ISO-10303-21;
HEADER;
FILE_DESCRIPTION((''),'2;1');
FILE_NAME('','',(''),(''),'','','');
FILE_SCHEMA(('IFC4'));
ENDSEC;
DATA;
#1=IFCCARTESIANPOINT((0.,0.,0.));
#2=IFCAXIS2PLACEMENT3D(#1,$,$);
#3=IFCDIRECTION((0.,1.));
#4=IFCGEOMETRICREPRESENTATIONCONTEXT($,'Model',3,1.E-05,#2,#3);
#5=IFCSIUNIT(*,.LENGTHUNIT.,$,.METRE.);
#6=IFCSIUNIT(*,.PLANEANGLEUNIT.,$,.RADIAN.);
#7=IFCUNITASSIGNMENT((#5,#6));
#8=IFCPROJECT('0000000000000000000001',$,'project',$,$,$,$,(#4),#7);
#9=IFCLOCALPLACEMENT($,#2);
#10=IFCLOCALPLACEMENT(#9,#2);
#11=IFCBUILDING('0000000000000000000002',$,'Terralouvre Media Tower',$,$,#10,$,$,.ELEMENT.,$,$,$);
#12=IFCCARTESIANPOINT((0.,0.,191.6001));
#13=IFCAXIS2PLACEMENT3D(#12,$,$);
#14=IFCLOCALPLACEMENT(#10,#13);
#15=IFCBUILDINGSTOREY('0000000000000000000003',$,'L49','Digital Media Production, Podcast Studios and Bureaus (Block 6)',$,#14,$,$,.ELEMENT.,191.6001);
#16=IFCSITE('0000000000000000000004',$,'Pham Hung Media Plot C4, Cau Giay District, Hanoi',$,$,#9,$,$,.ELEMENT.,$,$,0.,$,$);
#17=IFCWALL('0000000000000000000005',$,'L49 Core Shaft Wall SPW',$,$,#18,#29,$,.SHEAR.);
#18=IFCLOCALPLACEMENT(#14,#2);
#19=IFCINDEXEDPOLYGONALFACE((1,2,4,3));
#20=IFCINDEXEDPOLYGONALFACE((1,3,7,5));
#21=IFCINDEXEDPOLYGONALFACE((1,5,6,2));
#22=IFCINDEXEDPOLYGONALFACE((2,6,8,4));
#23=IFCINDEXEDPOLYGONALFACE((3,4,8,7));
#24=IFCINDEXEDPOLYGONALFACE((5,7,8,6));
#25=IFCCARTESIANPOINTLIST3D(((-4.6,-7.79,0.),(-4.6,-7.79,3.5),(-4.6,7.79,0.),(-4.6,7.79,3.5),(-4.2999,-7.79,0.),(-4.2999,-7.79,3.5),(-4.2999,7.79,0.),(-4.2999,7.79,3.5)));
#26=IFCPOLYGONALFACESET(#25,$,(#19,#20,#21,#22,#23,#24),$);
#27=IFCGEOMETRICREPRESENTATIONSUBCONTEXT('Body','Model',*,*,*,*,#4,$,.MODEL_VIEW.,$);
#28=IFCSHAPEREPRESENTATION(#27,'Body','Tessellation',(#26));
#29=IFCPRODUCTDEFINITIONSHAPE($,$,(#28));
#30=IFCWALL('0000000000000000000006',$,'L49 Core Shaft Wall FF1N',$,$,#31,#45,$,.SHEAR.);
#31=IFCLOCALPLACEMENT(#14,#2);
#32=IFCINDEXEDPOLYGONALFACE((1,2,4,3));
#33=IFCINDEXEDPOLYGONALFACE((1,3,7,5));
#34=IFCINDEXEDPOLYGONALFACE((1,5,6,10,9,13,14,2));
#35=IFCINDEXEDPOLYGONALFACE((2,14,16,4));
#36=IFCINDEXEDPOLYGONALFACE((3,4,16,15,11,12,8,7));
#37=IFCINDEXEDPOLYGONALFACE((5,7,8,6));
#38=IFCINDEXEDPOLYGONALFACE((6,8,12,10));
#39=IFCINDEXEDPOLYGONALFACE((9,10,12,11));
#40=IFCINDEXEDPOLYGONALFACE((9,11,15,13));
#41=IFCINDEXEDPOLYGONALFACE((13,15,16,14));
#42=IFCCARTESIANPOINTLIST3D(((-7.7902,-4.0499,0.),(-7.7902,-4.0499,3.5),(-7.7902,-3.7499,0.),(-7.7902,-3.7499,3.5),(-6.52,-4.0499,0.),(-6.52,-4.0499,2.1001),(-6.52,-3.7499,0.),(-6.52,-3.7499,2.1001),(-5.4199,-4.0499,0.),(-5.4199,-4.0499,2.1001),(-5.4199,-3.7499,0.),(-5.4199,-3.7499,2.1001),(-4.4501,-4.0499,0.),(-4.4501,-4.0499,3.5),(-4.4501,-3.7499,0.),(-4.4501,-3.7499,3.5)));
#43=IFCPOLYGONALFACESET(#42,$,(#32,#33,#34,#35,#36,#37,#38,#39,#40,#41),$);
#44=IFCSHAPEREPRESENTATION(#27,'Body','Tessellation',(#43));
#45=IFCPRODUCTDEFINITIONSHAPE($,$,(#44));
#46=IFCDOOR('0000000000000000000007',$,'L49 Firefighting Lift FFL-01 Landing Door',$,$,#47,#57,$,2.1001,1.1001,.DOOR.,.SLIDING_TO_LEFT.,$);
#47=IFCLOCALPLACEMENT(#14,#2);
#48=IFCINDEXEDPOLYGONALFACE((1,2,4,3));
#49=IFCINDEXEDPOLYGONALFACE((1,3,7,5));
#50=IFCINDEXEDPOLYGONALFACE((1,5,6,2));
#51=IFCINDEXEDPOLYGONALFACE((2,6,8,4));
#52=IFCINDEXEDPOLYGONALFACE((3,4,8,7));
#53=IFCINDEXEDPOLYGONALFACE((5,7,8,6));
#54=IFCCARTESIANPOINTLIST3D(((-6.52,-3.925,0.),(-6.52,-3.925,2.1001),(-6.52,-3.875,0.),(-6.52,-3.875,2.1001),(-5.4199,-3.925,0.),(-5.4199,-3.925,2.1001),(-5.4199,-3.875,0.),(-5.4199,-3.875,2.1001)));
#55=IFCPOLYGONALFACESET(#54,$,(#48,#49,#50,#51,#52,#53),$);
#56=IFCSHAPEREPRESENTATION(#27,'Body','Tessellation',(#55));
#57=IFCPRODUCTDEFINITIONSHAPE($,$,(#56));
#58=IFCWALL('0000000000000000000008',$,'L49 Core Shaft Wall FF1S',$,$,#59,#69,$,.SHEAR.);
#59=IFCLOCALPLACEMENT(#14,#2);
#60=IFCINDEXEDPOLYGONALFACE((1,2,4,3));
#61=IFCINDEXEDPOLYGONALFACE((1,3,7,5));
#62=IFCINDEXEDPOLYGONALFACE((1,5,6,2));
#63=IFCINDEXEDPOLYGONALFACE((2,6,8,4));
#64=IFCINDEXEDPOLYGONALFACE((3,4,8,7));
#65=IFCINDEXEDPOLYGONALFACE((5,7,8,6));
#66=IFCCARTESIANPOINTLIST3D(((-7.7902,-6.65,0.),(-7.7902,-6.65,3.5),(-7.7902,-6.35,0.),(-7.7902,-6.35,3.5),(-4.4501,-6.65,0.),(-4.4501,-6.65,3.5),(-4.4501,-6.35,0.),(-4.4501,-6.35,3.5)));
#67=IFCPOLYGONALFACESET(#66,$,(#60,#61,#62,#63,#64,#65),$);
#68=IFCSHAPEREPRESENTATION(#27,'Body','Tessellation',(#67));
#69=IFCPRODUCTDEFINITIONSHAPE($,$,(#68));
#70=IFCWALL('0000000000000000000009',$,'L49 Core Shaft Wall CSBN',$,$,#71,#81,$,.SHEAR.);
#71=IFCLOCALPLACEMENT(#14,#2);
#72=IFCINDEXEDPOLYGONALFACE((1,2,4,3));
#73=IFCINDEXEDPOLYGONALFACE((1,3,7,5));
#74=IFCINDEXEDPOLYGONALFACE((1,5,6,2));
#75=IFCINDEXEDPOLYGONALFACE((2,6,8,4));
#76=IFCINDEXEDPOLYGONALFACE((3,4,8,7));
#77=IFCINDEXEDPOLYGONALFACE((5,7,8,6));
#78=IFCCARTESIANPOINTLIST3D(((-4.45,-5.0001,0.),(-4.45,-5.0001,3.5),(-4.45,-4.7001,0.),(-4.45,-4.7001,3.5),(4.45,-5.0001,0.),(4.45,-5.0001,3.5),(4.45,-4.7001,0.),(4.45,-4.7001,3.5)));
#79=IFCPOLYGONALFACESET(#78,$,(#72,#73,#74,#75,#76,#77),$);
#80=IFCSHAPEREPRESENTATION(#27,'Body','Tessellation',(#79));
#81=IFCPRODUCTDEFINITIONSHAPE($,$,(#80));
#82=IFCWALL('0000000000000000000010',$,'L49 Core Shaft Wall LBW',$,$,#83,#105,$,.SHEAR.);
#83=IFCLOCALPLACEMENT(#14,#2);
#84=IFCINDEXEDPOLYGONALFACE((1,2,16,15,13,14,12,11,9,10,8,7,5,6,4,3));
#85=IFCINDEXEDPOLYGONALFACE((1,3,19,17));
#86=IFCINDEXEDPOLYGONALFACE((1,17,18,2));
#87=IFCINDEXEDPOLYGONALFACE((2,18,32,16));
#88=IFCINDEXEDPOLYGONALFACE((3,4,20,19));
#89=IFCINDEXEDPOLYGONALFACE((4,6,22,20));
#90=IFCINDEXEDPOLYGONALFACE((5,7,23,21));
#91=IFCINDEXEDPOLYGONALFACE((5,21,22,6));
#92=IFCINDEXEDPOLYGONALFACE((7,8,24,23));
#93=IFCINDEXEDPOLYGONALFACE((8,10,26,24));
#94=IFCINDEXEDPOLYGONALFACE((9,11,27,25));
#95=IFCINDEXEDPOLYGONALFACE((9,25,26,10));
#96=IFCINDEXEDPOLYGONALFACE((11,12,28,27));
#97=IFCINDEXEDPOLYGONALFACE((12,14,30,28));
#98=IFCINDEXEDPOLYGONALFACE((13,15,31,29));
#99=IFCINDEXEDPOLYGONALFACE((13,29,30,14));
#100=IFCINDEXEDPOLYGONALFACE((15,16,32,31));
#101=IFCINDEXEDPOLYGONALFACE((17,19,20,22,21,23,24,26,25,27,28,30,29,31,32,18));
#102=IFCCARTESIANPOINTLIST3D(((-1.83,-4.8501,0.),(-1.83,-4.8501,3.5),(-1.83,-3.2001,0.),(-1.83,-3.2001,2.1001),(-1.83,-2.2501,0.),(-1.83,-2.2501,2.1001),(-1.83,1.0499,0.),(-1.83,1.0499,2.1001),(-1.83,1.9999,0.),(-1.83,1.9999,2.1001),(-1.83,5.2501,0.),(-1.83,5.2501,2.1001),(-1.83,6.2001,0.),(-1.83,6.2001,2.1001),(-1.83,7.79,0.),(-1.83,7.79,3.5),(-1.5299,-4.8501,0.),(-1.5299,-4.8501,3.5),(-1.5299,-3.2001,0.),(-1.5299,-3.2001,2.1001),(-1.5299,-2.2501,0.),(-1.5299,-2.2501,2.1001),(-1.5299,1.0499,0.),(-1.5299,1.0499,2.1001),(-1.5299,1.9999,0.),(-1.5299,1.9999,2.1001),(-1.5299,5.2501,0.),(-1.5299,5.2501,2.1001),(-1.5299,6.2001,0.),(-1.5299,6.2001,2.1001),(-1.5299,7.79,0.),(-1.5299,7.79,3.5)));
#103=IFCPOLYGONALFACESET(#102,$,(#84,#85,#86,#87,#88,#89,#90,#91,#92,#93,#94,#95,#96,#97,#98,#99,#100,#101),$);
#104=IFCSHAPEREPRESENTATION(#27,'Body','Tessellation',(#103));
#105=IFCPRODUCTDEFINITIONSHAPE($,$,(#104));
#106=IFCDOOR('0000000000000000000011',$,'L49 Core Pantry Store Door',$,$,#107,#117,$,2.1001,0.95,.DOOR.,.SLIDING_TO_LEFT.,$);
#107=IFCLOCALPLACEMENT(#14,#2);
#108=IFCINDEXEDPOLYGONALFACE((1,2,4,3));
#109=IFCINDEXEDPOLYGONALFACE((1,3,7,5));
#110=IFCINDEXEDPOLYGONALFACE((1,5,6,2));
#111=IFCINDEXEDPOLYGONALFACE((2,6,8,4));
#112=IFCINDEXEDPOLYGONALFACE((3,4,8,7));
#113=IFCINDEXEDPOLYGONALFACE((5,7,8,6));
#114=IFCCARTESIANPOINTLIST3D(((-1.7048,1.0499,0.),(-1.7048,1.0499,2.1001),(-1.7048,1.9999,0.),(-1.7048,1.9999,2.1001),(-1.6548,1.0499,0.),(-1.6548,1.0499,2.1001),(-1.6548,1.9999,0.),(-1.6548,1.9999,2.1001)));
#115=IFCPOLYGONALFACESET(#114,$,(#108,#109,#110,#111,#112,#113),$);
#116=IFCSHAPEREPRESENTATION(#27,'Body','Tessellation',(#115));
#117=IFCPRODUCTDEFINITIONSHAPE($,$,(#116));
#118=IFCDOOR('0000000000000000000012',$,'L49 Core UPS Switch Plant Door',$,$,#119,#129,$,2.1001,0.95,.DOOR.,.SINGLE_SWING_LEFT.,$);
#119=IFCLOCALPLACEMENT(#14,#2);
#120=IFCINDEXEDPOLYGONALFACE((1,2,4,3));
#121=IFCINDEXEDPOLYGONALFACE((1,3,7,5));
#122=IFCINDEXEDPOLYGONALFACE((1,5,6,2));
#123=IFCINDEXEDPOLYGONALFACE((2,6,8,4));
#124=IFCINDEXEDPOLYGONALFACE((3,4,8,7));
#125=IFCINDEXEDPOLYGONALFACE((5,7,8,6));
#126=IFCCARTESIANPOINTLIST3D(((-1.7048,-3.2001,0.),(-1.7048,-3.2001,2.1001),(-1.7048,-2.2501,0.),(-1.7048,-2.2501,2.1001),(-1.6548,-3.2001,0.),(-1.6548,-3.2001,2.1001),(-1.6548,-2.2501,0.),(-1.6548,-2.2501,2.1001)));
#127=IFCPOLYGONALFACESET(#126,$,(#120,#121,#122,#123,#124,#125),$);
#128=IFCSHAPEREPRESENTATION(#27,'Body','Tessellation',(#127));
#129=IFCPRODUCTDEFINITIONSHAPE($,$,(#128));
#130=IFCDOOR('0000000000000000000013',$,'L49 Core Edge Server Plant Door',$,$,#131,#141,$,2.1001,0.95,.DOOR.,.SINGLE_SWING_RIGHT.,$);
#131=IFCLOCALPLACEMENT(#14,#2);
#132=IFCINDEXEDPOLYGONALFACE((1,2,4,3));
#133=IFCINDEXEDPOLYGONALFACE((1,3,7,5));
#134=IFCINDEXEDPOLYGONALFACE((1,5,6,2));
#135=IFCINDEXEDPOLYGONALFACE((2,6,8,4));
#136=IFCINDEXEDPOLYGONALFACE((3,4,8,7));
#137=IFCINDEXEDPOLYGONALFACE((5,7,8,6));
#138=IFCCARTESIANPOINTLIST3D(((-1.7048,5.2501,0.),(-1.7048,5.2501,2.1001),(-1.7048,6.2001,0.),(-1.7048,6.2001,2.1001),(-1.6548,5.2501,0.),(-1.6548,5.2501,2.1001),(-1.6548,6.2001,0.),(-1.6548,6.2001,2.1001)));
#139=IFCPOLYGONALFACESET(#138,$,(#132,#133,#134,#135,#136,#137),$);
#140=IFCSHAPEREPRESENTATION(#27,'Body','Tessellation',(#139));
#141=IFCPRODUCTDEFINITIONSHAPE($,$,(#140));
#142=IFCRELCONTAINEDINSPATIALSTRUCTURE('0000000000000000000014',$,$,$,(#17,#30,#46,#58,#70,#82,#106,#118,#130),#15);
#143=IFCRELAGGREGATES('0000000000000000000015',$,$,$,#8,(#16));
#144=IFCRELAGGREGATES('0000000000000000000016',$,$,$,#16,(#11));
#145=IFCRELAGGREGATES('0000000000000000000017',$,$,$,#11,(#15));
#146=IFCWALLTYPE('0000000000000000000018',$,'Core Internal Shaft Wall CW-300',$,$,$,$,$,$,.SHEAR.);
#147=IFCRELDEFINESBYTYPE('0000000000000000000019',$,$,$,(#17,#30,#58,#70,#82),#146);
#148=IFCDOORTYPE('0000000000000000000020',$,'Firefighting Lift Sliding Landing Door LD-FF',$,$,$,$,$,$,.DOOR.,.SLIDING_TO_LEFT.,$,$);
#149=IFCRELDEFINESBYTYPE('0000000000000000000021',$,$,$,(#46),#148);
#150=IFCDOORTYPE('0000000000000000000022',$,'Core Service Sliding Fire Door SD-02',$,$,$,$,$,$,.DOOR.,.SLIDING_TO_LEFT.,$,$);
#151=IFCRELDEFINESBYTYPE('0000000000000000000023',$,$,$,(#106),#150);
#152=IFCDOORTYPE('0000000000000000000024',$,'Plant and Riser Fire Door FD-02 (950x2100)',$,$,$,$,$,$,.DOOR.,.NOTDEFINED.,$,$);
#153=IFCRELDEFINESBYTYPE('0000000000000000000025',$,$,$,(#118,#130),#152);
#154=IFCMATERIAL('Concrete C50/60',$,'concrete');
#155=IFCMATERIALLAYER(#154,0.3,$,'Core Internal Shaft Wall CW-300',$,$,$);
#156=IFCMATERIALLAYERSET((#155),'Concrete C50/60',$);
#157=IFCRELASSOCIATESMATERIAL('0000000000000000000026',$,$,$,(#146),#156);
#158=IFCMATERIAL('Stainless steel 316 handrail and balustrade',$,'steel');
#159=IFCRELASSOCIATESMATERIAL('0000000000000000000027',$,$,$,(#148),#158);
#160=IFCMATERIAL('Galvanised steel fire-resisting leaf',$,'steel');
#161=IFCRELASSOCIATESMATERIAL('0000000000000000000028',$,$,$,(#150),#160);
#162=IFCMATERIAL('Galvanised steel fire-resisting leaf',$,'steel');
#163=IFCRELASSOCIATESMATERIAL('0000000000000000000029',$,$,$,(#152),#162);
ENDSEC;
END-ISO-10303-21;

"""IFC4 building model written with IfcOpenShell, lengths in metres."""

from ifc_helpers import new_model, si_unit, direction, frame, frame_2d, origin, place, context, subcontext, project, spatial, rectangle, extrude, material, layer, layer_set, type_object, element, fill, save


model = new_model("IFC4")

# Units and contexts
model_context = context("Model", 3, precision=1e-05, world=origin(), true_north=direction((0.0, 1.0)))
body_context = subcontext(model_context, "Body", "Model", "MODEL_VIEW")
ifc_project = project(units=[si_unit("LENGTHUNIT", "METRE"), si_unit("PLANEANGLEUNIT", "RADIAN")], contexts=[model_context])

# Site, building, storey
site_placement = place(None, origin())
site = spatial("IfcSite", under=ifc_project, at=site_placement, Name="Pham Hung Media Plot C4, Cau Giay District, Hanoi", CompositionType="ELEMENT", RefElevation=0.0)
building_placement = place(site_placement, origin())
building = spatial("IfcBuilding", under=site, at=building_placement, Name="Terralouvre Media Tower", CompositionType="ELEMENT")
storey_placement = place(building_placement, frame((0.0, 0.0, 191.6001)))
storey = spatial("IfcBuildingStorey", under=building, at=storey_placement, Name="L49", Description="Digital Media Production, Podcast Studios and Bureaus (Block 6)", CompositionType="ELEMENT", Elevation=191.6001)

# Wall
ifc_material_1 = material(Name="Concrete C50/60", Category="concrete")
ifc_layer_1 = layer(ifc_material_1, 0.3, Name="Core Internal Shaft Wall CW-300")
ifc_layer_set_1 = layer_set([ifc_layer_1], Name="Concrete C50/60")
wall_type_1 = type_object("IfcWallType", Name="Core Internal Shaft Wall CW-300", PredefinedType="SHEAR", material=ifc_layer_set_1)
wall_1_placement = place(storey_placement, frame((-4.45, -7.79, 0.0), z_axis=(0.0, 0.0, 1.0), x_axis=(0.0, 1.0, 0.0)))
element("IfcWall", 1, at=wall_1_placement, inside=storey, type_object=wall_type_1, Name="L49 Core Shaft Wall SPW", PredefinedType="SHEAR", context=body_context, shape_type="SweptSolid", body=[
    extrude(rectangle(XDim=15.5801, YDim=0.3, at=frame_2d((7.79, 0.0))), origin(), (0.0, 0.0, 1.0), 3.5),
])

# Wall, opening, door
wall_2_placement = place(storey_placement, frame((-7.79, -3.8999, 0.0), z_axis=(0.0, 0.0, 1.0), x_axis=(1.0, 0.0, 0.0)))
wall_2 = element("IfcWall", 2, at=wall_2_placement, inside=storey, type_object=wall_type_1, Name="L49 Core Shaft Wall FF1N", PredefinedType="SHEAR", context=body_context, shape_type="SweptSolid", body=[
    extrude(rectangle(XDim=3.3401, YDim=0.3, at=frame_2d((1.6699, 0.0))), origin(), (0.0, 0.0, 1.0), 3.5),
])
opening_1_placement = place(wall_2_placement, frame((1.27, 0.0, 0.0)))
opening_1 = element("IfcOpeningElement", 3, at=opening_1_placement, cuts=wall_2, PredefinedType="OPENING", context=body_context, shape_type="SweptSolid", body=[
    extrude(rectangle(XDim=1.1001, YDim=2.1001, at=frame_2d((0.55, 1.05))), frame((0.0, 0.1599, 0.0), z_axis=(0.0, -1.0, 0.0), x_axis=(1.0, 0.0, 0.0)), (0.0, 0.0, 1.0), 0.3201),
])
ifc_material_2 = material(Name="Stainless steel 316 handrail and balustrade", Category="steel")
door_type_1 = type_object("IfcDoorType", Name="Firefighting Lift Sliding Landing Door LD-FF", OperationType="SLIDING_TO_LEFT", PredefinedType="DOOR", material=ifc_material_2)
door_1_placement = place(opening_1_placement, origin())
door_1 = element("IfcDoor", 4, at=door_1_placement, inside=storey, type_object=door_type_1, Name="L49 Firefighting Lift FFL-01 Landing Door", OperationType="SLIDING_TO_LEFT", OverallHeight=2.1001, OverallWidth=1.1001, PredefinedType="DOOR", context=body_context, shape_type="SweptSolid", body=[
    extrude(rectangle(XDim=1.1001, YDim=2.1001, at=frame_2d((0.55, 1.05))), frame((0.0, 0.0249, 0.0), z_axis=(0.0, -1.0, 0.0), x_axis=(1.0, 0.0, 0.0)), (0.0, 0.0, 1.0), 0.05),
])
fill(opening_1, door_1)

# Walls
wall_3_placement = place(storey_placement, frame((-7.79, -6.5, 0.0), z_axis=(0.0, 0.0, 1.0), x_axis=(1.0, 0.0, 0.0)))
element("IfcWall", 5, at=wall_3_placement, inside=storey, type_object=wall_type_1, Name="L49 Core Shaft Wall FF1S", PredefinedType="SHEAR", context=body_context, shape_type="SweptSolid", body=[
    extrude(rectangle(XDim=3.3401, YDim=0.3, at=frame_2d((1.6699, 0.0))), origin(), (0.0, 0.0, 1.0), 3.5),
])
wall_4_placement = place(storey_placement, frame((-4.45, -4.8501, 0.0), z_axis=(0.0, 0.0, 1.0), x_axis=(1.0, 0.0, 0.0)))
element("IfcWall", 6, at=wall_4_placement, inside=storey, type_object=wall_type_1, Name="L49 Core Shaft Wall CSBN", PredefinedType="SHEAR", context=body_context, shape_type="SweptSolid", body=[
    extrude(rectangle(XDim=8.8999, YDim=0.3, at=frame_2d((4.45, 0.0))), origin(), (0.0, 0.0, 1.0), 3.5),
])

# Wall, openings, doors
wall_5_placement = place(storey_placement, frame((-1.6799, -4.8501, 0.0), z_axis=(0.0, 0.0, 1.0), x_axis=(0.0, 1.0, 0.0)))
wall_5 = element("IfcWall", 7, at=wall_5_placement, inside=storey, type_object=wall_type_1, Name="L49 Core Shaft Wall LBW", PredefinedType="SHEAR", context=body_context, shape_type="SweptSolid", body=[
    extrude(rectangle(XDim=12.6401, YDim=0.3, at=frame_2d((6.3201, 0.0))), origin(), (0.0, 0.0, 1.0), 3.5),
])
opening_2_placement = place(wall_5_placement, frame((1.6499, 0.0, 0.0)))
opening_2 = element("IfcOpeningElement", 8, at=opening_2_placement, cuts=wall_5, PredefinedType="OPENING", context=body_context, shape_type="SweptSolid", body=[
    extrude(rectangle(XDim=0.95, YDim=2.1001, at=frame_2d((0.4751, 1.05))), frame((0.0, 0.1599, 0.0), z_axis=(0.0, -1.0, 0.0), x_axis=(1.0, 0.0, 0.0)), (0.0, 0.0, 1.0), 0.3201),
])
opening_3_placement = place(wall_5_placement, frame((5.8999, 0.0, 0.0)))
opening_3 = element("IfcOpeningElement", 9, at=opening_3_placement, cuts=wall_5, PredefinedType="OPENING", context=body_context, shape_type="SweptSolid", body=[
    extrude(rectangle(XDim=0.95, YDim=2.1001, at=frame_2d((0.4751, 1.05))), frame((0.0, 0.1599, 0.0), z_axis=(0.0, -1.0, 0.0), x_axis=(1.0, 0.0, 0.0)), (0.0, 0.0, 1.0), 0.3201),
])
opening_4_placement = place(wall_5_placement, frame((10.1001, 0.0, 0.0)))
opening_4 = element("IfcOpeningElement", 10, at=opening_4_placement, cuts=wall_5, PredefinedType="OPENING", context=body_context, shape_type="SweptSolid", body=[
    extrude(rectangle(XDim=0.95, YDim=2.1001, at=frame_2d((0.4751, 1.05))), frame((0.0, 0.1599, 0.0), z_axis=(0.0, -1.0, 0.0), x_axis=(1.0, 0.0, 0.0)), (0.0, 0.0, 1.0), 0.3201),
])
ifc_material_3 = material(Name="Galvanised steel fire-resisting leaf", Category="steel")
door_type_2 = type_object("IfcDoorType", Name="Core Service Sliding Fire Door SD-02", OperationType="SLIDING_TO_LEFT", PredefinedType="DOOR", material=ifc_material_3)
door_2_placement = place(opening_3_placement, origin())
door_2 = element("IfcDoor", 11, at=door_2_placement, inside=storey, type_object=door_type_2, Name="L49 Core Pantry Store Door", OperationType="SLIDING_TO_LEFT", OverallHeight=2.1001, OverallWidth=0.95, PredefinedType="DOOR", context=body_context, shape_type="SweptSolid", body=[
    extrude(rectangle(XDim=0.95, YDim=2.1001, at=frame_2d((0.4751, 1.05))), frame((0.0, 0.0249, 0.0), z_axis=(0.0, -1.0, 0.0), x_axis=(1.0, 0.0, 0.0)), (0.0, 0.0, 1.0), 0.05),
])
fill(opening_3, door_2)
ifc_material_4 = material(Name="Galvanised steel fire-resisting leaf", Category="steel")
door_type_3 = type_object("IfcDoorType", Name="Plant and Riser Fire Door FD-02 (950x2100)", OperationType="NOTDEFINED", PredefinedType="DOOR", material=ifc_material_4)
door_3_placement = place(opening_2_placement, origin())
door_3 = element("IfcDoor", 12, at=door_3_placement, inside=storey, type_object=door_type_3, Name="L49 Core UPS Switch Plant Door", OperationType="SINGLE_SWING_LEFT", OverallHeight=2.1001, OverallWidth=0.95, PredefinedType="DOOR", context=body_context, shape_type="SweptSolid", body=[
    extrude(rectangle(XDim=0.95, YDim=2.1001, at=frame_2d((0.4751, 1.05))), frame((0.0, 0.0249, 0.0), z_axis=(0.0, -1.0, 0.0), x_axis=(1.0, 0.0, 0.0)), (0.0, 0.0, 1.0), 0.05),
])
fill(opening_2, door_3)
door_4_placement = place(opening_4_placement, origin())
door_4 = element("IfcDoor", 13, at=door_4_placement, inside=storey, type_object=door_type_3, Name="L49 Core Edge Server Plant Door", OperationType="SINGLE_SWING_RIGHT", OverallHeight=2.1001, OverallWidth=0.95, PredefinedType="DOOR", context=body_context, shape_type="SweptSolid", body=[
    extrude(rectangle(XDim=0.95, YDim=2.1001, at=frame_2d((0.4751, 1.05))), frame((0.0, 0.0249, 0.0), z_axis=(0.0, -1.0, 0.0), x_axis=(1.0, 0.0, 0.0)), (0.0, 0.0, 1.0), 0.05),
])
fill(opening_4, door_4)

save(model, "model.ifc")
